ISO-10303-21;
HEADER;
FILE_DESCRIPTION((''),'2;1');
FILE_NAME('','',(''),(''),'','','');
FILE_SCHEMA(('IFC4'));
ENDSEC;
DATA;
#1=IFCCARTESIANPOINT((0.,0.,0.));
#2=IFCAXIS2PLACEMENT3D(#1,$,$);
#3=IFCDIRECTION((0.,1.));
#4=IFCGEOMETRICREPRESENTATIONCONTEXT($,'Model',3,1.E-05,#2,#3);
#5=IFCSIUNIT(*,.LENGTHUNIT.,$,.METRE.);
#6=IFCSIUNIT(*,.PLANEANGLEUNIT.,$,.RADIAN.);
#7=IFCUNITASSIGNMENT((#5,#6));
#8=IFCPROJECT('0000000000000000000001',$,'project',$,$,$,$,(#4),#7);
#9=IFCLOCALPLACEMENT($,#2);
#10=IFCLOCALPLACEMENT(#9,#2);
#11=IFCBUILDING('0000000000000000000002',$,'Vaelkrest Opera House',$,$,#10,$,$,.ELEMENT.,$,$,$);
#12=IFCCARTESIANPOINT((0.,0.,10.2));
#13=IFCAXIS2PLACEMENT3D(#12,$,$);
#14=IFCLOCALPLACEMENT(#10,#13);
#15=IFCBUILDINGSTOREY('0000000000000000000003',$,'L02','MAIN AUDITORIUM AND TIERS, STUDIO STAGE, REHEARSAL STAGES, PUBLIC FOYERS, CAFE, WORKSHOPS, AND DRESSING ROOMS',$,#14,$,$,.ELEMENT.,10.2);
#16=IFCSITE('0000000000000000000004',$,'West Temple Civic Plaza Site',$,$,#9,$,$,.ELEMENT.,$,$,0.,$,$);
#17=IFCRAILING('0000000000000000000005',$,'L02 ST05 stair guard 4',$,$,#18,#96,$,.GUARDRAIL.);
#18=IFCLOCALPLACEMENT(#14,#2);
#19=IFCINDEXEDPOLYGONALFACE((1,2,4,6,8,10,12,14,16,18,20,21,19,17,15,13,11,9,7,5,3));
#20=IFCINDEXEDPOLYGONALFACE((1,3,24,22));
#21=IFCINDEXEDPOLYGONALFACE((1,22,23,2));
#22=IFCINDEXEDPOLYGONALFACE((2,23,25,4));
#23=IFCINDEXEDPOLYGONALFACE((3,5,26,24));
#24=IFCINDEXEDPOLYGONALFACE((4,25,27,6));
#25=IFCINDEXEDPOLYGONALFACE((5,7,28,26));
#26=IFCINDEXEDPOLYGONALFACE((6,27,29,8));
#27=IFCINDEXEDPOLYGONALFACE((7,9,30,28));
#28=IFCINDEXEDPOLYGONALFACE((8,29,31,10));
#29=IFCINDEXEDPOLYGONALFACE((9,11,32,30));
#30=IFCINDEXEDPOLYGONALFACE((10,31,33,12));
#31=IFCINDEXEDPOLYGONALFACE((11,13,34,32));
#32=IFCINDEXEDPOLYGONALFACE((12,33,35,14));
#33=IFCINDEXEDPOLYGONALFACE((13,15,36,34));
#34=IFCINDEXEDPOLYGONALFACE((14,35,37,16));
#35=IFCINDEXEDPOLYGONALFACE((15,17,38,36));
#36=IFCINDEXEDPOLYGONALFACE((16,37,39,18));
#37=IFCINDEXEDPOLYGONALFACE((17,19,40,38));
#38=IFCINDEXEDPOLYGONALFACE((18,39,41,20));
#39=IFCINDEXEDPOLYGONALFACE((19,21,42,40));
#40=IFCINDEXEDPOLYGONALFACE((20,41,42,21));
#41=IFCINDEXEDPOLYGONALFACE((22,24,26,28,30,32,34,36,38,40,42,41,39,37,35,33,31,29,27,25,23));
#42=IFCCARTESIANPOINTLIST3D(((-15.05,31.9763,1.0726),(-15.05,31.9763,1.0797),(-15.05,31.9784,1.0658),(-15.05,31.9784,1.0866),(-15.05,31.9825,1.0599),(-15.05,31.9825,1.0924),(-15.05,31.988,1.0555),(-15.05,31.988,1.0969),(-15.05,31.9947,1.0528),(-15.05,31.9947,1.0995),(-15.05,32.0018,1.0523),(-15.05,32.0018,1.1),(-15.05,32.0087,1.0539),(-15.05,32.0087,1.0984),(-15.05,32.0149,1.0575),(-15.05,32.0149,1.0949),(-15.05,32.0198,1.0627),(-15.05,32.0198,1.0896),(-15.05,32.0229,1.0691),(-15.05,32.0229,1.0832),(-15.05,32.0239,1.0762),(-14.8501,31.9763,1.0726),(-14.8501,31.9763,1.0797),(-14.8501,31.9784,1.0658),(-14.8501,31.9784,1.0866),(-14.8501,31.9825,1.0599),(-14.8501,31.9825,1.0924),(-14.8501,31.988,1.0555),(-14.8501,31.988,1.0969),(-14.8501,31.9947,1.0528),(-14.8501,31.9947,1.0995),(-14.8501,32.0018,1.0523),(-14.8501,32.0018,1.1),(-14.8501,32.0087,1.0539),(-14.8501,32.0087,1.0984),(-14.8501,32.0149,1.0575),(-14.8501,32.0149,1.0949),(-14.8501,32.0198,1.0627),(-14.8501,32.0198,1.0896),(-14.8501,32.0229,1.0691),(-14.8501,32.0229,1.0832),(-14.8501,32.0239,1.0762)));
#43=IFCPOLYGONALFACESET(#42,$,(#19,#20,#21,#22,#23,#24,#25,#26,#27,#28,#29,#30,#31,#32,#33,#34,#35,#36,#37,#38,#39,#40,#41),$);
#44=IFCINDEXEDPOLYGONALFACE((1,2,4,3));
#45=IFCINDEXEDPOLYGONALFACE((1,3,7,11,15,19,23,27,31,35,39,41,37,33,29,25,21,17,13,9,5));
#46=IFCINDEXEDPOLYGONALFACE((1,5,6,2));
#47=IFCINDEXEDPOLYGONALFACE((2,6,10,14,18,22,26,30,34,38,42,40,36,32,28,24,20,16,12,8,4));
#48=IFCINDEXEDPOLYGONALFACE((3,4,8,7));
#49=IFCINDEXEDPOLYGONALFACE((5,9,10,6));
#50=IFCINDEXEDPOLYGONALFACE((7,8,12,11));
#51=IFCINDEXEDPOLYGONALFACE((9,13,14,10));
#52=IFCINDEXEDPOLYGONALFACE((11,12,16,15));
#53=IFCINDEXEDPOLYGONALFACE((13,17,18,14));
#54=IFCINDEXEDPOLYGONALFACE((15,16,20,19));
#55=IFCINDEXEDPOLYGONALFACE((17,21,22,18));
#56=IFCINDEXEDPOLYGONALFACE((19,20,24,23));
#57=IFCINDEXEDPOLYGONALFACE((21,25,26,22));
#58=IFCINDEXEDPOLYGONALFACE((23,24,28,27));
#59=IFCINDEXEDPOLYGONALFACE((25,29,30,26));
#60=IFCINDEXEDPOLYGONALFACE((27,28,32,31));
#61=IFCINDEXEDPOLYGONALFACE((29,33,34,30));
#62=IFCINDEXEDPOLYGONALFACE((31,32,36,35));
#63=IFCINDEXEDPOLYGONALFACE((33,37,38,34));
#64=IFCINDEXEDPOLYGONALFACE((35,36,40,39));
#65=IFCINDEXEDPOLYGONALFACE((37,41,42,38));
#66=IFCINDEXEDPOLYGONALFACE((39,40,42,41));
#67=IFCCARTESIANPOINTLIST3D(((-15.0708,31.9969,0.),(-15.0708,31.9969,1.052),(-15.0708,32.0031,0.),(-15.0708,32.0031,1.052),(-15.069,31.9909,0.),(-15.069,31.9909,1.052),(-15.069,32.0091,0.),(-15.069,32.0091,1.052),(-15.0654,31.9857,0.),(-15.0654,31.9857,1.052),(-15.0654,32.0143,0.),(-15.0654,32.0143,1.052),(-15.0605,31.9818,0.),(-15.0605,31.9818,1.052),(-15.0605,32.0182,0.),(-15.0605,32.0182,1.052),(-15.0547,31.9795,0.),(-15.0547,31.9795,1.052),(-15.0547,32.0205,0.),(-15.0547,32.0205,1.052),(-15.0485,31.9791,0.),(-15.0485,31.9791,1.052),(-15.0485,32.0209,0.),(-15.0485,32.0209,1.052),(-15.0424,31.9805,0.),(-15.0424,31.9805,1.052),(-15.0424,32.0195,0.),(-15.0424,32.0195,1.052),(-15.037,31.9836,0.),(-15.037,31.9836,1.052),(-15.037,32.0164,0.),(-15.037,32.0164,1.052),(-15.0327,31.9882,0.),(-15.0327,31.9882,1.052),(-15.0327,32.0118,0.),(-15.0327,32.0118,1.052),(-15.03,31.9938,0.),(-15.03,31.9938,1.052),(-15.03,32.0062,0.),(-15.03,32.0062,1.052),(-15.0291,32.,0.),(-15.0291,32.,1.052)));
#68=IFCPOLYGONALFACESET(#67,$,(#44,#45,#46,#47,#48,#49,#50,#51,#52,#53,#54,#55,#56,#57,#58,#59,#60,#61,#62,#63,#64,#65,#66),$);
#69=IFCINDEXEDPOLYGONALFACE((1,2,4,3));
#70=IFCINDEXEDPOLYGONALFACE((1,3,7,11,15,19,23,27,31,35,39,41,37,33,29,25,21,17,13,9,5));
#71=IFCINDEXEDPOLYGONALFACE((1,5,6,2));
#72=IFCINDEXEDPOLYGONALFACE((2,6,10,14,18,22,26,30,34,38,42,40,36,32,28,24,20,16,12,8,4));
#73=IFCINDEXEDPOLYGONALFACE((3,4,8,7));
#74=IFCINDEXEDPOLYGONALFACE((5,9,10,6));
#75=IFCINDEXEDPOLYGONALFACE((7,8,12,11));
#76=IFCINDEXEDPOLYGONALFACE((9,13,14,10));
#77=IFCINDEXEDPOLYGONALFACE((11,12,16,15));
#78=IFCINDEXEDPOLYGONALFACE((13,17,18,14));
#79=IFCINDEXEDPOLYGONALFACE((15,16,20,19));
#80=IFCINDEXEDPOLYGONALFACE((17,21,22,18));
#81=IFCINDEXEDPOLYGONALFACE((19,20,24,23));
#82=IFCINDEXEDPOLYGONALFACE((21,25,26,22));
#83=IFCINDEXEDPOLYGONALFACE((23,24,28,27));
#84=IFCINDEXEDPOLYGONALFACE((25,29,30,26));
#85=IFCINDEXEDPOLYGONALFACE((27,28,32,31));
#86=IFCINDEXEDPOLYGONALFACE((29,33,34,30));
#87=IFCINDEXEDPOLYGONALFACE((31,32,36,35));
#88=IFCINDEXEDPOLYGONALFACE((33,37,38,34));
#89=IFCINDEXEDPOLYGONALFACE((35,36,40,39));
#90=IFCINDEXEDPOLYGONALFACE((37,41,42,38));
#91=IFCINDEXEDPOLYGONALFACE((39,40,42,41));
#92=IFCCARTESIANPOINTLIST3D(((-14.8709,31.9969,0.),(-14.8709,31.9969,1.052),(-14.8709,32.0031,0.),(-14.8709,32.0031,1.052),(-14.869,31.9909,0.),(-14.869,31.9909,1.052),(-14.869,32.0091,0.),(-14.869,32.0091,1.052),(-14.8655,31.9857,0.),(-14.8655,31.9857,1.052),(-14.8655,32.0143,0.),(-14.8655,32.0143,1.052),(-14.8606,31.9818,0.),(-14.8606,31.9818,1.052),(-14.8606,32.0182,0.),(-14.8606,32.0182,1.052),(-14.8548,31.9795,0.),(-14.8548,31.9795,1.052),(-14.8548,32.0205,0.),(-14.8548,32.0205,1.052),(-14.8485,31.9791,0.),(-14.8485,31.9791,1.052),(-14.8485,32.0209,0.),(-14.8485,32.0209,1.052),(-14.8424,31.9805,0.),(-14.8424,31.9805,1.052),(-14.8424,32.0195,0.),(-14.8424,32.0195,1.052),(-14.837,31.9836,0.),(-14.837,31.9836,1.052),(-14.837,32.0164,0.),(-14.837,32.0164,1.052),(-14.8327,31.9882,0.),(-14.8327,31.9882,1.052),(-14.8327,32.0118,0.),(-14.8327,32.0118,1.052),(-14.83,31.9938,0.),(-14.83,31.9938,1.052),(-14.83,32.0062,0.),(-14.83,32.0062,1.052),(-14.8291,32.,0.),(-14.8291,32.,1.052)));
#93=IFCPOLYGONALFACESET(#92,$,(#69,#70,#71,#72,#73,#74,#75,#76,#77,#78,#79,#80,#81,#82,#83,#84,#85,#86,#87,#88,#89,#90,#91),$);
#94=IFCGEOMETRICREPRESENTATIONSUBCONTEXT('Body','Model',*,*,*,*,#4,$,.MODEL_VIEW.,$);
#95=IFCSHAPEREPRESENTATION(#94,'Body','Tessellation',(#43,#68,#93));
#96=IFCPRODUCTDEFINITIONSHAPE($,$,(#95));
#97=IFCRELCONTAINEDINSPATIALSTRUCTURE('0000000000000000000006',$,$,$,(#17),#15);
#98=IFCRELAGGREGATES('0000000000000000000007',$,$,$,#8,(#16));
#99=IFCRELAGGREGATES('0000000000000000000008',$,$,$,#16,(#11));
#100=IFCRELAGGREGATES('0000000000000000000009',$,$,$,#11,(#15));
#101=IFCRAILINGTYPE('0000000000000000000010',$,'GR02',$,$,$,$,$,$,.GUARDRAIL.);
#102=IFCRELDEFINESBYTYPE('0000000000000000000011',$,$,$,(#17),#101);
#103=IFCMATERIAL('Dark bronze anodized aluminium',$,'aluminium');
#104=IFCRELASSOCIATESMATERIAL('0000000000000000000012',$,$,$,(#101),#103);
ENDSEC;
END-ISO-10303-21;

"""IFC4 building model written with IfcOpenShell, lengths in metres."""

from ifc_helpers import new_model, si_unit, direction, frame, origin, origin_2d, place, context, subcontext, project, spatial, circle, extrude, material, type_object, element, save


model = new_model("IFC4")

# Units and contexts
model_context = context("Model", 3, precision=1e-05, world=origin(), true_north=direction((0.0, 1.0)))
body_context = subcontext(model_context, "Body", "Model", "MODEL_VIEW")
ifc_project = project(units=[si_unit("LENGTHUNIT", "METRE"), si_unit("PLANEANGLEUNIT", "RADIAN")], contexts=[model_context])

# Site, building, storey
site_placement = place(None, origin())
site = spatial("IfcSite", under=ifc_project, at=site_placement, Name="West Temple Civic Plaza Site", CompositionType="ELEMENT", RefElevation=0.0)
building_placement = place(site_placement, origin())
building = spatial("IfcBuilding", under=site, at=building_placement, Name="Vaelkrest Opera House", CompositionType="ELEMENT")
storey_placement = place(building_placement, frame((0.0, 0.0, 10.2)))
storey = spatial("IfcBuildingStorey", under=building, at=storey_placement, Name="L02", Description="MAIN AUDITORIUM AND TIERS, STUDIO STAGE, REHEARSAL STAGES, PUBLIC FOYERS, CAFE, WORKSHOPS, AND DRESSING ROOMS", CompositionType="ELEMENT", Elevation=10.2)

# Shared definitions
ifc_material_1 = material(Name="Dark bronze anodized aluminium", Category="aluminium")

# Railing
railing_type_1 = type_object("IfcRailingType", Name="GR02", PredefinedType="GUARDRAIL", material=ifc_material_1)
railing_1_placement = place(storey_placement, frame((-15.05, 32.0, 0.0)))
element("IfcRailing", 1, at=railing_1_placement, inside=storey, type_object=railing_type_1, Name="L02 ST05 stair guard 4", PredefinedType="GUARDRAIL", context=body_context, shape_type="SweptSolid", body=[
    extrude(circle(Radius=0.0239, at=origin_2d()), frame((0.0, 0.0, 1.0762), z_axis=(1.0, 0.0, 0.0), x_axis=(0.0, 1.0, 0.0)), (0.0, 0.0, 1.0), 0.2),
    extrude(circle(Radius=0.021, at=origin_2d()), origin(), (0.0, 0.0, 1.0), 1.052),
    extrude(circle(Radius=0.021, at=origin_2d()), frame((0.2, 0.0, 0.0)), (0.0, 0.0, 1.0), 1.052),
])

save(model, "model.ifc")
